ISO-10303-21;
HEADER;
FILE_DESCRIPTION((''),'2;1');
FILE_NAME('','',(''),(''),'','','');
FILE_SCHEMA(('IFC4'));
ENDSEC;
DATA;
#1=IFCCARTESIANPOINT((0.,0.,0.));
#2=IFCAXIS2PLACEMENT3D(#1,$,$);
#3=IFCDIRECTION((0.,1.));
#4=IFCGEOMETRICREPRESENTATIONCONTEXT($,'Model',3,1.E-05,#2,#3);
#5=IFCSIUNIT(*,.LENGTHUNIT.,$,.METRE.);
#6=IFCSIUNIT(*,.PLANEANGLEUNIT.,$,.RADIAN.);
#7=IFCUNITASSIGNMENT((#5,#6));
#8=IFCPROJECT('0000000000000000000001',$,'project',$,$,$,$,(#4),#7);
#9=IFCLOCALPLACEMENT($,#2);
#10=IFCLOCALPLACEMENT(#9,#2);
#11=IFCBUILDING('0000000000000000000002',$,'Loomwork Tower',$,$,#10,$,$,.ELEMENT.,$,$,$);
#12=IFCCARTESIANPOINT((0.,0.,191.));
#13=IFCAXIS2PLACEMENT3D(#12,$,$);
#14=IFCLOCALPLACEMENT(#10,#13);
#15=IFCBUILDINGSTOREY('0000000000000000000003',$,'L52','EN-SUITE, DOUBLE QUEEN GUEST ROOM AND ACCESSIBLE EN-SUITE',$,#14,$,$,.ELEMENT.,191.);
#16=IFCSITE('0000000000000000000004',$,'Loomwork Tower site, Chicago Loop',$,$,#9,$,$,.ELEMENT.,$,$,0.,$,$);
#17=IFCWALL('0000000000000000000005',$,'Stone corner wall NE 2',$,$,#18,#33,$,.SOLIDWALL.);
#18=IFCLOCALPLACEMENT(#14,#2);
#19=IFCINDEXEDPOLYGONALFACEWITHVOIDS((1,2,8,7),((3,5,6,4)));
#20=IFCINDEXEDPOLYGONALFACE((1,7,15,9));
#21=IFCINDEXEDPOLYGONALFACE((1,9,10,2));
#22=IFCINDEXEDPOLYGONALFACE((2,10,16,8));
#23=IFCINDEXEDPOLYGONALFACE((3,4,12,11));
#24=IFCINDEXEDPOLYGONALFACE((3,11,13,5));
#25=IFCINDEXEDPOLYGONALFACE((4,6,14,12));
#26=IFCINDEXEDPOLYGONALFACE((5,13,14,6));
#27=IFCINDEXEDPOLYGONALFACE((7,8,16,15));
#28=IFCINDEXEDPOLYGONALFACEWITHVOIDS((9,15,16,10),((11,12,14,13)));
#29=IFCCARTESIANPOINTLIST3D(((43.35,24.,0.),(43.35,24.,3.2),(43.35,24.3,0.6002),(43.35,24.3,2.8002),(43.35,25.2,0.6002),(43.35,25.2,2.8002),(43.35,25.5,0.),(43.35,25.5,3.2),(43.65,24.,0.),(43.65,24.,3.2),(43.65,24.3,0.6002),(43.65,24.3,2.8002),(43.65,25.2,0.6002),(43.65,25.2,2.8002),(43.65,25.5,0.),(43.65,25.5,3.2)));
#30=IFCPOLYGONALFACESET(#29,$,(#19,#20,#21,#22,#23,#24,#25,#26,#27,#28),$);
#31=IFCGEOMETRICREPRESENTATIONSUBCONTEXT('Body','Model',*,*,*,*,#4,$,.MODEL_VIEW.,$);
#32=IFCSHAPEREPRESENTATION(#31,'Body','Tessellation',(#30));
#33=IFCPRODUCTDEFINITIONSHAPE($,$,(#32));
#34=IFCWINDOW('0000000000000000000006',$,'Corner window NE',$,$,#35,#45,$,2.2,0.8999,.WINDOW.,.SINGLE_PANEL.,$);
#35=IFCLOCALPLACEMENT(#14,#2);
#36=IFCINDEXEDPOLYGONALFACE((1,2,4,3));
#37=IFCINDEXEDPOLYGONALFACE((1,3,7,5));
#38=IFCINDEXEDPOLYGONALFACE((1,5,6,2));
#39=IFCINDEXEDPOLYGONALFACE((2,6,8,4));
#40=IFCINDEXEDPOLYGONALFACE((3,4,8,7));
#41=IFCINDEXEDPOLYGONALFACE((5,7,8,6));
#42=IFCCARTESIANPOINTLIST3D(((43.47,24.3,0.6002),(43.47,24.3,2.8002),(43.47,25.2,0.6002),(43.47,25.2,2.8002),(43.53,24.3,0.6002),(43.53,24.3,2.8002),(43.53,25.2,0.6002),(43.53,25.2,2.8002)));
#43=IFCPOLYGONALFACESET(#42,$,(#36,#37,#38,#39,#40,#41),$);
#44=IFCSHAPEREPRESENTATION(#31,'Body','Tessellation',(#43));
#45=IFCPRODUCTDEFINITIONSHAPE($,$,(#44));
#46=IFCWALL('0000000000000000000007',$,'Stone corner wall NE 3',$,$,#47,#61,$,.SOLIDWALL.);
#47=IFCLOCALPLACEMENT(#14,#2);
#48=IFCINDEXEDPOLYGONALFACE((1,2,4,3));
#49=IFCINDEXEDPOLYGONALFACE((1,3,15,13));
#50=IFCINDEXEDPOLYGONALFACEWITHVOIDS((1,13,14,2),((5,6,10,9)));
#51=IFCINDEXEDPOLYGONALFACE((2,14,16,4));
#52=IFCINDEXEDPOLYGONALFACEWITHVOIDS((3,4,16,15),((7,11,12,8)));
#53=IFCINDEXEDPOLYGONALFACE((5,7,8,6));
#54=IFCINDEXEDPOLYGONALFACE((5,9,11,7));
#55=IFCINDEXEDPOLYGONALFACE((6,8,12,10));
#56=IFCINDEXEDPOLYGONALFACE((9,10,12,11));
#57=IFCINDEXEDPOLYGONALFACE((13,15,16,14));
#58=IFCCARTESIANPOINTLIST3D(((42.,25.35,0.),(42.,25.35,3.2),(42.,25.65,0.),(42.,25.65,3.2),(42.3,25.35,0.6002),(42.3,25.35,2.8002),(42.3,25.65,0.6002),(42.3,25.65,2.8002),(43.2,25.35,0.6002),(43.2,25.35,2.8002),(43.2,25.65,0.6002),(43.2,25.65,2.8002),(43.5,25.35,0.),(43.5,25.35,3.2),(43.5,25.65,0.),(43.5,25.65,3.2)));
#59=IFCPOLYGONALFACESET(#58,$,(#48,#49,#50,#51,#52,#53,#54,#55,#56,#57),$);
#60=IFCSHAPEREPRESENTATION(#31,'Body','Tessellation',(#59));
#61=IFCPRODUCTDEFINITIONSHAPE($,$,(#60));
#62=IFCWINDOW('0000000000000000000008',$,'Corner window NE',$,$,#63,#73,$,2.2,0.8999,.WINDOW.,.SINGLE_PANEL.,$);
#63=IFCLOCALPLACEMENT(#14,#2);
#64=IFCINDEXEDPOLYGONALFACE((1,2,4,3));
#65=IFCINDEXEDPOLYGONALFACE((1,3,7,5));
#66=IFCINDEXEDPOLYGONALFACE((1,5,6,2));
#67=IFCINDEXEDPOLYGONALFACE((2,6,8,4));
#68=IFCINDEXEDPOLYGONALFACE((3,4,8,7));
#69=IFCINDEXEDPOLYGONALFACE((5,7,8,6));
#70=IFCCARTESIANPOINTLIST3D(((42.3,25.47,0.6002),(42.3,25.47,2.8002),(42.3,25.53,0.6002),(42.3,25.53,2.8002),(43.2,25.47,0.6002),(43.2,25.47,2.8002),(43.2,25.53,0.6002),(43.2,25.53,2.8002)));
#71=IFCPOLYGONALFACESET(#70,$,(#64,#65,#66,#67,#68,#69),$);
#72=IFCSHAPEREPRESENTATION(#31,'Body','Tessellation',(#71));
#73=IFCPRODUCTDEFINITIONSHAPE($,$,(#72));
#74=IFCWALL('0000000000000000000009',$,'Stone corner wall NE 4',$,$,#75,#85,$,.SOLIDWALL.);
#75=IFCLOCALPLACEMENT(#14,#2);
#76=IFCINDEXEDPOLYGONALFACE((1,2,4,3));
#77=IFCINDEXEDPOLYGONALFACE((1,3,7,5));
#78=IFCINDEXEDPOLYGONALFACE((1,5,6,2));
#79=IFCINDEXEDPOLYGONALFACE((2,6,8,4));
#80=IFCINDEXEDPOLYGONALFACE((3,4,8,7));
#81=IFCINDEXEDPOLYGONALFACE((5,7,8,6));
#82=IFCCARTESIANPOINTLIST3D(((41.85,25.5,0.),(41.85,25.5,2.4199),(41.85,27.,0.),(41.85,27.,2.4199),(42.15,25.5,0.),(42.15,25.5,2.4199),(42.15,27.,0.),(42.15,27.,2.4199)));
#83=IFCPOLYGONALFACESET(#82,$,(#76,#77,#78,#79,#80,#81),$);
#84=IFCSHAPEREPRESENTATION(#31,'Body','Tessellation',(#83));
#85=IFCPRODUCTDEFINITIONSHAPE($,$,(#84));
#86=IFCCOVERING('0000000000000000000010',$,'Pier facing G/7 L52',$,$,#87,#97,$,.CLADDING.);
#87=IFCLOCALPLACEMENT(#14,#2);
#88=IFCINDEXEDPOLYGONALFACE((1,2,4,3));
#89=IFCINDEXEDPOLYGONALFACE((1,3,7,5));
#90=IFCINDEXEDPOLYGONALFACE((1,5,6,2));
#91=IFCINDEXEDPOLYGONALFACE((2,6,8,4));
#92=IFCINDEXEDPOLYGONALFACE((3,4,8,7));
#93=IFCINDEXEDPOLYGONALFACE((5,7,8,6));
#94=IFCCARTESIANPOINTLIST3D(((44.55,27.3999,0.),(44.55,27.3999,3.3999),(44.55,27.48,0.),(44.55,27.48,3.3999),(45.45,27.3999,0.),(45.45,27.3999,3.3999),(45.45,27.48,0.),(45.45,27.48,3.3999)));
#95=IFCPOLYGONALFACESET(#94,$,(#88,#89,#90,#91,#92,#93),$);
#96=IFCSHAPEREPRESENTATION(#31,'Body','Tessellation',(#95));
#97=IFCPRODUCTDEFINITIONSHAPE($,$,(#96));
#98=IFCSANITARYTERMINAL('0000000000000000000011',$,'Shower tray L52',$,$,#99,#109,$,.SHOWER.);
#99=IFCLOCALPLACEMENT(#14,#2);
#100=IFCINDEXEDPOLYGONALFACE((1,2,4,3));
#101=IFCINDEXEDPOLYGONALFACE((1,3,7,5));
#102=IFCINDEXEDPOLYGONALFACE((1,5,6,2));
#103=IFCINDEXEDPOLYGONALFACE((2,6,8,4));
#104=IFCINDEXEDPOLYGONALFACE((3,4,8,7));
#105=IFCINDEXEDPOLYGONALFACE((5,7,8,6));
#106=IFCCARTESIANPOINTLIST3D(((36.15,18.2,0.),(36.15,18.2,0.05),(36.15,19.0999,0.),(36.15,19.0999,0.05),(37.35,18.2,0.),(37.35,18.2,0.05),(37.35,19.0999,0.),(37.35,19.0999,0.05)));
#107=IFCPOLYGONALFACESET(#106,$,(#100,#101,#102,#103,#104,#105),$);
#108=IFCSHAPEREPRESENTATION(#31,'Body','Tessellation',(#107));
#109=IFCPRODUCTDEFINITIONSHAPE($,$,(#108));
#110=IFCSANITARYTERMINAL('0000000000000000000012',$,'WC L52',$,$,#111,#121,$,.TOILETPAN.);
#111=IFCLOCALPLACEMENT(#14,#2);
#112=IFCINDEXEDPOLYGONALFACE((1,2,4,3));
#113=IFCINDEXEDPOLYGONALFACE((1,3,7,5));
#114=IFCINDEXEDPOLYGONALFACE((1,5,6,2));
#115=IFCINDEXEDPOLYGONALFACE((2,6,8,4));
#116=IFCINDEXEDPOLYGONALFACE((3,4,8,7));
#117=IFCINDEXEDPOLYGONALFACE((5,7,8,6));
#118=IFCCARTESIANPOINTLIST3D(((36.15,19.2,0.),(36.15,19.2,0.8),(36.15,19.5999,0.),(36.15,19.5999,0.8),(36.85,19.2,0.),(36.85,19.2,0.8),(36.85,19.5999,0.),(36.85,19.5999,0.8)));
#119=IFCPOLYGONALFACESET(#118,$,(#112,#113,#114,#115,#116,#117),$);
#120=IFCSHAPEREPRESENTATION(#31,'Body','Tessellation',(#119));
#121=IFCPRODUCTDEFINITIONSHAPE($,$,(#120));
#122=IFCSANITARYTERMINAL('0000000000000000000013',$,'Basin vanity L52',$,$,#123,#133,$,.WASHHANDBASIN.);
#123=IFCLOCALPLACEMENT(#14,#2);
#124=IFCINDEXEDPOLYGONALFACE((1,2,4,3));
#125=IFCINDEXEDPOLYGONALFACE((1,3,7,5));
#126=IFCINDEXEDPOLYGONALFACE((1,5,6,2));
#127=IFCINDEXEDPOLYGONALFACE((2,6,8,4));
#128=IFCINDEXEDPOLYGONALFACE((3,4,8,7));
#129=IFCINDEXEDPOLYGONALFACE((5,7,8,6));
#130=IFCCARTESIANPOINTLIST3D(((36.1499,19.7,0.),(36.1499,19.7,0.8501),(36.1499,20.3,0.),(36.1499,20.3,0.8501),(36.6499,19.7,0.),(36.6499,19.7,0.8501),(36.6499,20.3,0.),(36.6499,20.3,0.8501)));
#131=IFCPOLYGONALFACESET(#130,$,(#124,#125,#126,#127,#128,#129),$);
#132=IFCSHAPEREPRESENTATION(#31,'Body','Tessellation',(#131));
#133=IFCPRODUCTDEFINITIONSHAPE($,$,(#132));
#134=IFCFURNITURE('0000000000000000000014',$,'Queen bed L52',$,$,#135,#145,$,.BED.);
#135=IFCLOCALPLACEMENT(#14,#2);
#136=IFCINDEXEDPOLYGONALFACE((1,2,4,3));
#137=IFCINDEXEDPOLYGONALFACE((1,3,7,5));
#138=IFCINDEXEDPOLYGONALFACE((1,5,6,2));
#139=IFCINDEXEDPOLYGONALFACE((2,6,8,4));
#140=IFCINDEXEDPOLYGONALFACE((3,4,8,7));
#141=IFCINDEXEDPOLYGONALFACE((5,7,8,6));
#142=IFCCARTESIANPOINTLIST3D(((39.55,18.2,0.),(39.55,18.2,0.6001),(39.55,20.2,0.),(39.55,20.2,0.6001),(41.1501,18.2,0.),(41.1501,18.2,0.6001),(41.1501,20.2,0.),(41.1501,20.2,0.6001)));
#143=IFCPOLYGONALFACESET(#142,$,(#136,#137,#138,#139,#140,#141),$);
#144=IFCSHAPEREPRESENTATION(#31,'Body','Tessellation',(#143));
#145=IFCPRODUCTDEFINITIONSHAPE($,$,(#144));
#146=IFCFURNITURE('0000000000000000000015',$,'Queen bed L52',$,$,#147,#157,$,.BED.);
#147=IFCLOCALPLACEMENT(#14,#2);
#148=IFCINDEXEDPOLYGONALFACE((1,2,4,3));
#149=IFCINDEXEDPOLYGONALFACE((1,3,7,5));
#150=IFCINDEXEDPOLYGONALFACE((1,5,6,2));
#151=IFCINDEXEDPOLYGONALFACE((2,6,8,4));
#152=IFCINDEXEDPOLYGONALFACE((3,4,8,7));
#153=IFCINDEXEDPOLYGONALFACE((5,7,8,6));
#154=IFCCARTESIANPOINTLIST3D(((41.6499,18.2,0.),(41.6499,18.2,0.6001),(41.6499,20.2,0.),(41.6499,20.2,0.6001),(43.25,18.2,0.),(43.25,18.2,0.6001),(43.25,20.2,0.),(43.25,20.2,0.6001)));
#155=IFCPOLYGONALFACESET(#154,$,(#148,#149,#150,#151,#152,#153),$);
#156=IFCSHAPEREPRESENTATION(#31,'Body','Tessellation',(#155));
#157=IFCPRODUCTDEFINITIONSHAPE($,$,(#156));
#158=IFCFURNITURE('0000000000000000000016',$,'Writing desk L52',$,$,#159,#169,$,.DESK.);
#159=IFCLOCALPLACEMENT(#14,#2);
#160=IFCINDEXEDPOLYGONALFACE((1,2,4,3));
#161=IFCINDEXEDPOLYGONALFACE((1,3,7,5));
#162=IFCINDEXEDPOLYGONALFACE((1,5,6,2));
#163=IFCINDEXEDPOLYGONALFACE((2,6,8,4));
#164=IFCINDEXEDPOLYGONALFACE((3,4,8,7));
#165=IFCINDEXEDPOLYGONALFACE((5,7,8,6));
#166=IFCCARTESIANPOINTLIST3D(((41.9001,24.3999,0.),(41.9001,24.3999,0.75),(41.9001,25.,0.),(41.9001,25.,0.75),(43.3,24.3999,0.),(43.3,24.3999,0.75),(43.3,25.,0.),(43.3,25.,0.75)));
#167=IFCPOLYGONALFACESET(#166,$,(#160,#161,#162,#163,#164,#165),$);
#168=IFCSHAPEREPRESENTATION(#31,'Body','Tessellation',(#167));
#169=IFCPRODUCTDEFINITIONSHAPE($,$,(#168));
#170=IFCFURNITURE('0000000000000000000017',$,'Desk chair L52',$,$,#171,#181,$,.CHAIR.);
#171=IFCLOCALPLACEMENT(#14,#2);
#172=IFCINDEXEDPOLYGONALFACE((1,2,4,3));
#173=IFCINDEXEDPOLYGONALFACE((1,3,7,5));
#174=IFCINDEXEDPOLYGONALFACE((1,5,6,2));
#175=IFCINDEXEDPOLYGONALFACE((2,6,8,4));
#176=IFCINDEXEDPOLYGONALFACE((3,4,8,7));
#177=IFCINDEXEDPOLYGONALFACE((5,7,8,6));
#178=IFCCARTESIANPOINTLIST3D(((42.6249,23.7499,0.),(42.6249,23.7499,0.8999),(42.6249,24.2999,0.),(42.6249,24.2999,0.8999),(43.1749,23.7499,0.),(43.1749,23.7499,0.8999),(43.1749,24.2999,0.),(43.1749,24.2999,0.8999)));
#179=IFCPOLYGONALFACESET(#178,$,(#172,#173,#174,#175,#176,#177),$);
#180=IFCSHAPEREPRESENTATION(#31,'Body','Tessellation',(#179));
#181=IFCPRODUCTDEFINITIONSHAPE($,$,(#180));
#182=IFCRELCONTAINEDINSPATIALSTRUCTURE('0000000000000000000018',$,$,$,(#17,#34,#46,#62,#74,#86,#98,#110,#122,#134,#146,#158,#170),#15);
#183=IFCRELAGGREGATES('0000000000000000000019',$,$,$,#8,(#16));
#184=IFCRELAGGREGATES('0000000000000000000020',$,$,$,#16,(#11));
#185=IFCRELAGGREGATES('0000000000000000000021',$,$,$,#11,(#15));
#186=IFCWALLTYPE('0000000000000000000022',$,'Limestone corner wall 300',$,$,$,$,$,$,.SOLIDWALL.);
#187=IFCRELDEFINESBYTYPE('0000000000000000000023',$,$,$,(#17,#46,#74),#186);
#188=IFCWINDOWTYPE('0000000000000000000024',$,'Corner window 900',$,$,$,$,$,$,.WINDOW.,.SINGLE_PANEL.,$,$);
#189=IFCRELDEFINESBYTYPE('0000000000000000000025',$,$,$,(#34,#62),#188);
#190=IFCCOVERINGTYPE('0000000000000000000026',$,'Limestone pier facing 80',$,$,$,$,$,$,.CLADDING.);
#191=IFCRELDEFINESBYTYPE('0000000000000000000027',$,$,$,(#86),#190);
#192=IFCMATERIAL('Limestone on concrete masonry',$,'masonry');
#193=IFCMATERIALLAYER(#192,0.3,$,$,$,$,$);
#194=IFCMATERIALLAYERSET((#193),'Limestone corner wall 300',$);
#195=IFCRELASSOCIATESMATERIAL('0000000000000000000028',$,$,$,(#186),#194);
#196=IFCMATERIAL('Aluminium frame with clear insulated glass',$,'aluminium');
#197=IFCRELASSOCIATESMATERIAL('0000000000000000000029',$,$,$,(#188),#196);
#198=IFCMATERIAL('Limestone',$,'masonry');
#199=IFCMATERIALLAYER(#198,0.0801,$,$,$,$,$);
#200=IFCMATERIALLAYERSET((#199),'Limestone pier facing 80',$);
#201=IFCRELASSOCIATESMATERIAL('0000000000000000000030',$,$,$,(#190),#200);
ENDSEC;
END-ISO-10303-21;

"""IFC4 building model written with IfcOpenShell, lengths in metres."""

from ifc_helpers import new_model, si_unit, direction, frame, frame_2d, origin, origin_2d, place, context, subcontext, project, spatial, rectangle, extrude, material, layer, layer_set, type_object, element, fill, save


model = new_model("IFC4")

# Units and contexts
model_context = context("Model", 3, precision=1e-05, world=origin(), true_north=direction((0.0, 1.0)))
body_context = subcontext(model_context, "Body", "Model", "MODEL_VIEW")
ifc_project = project(units=[si_unit("LENGTHUNIT", "METRE"), si_unit("PLANEANGLEUNIT", "RADIAN")], contexts=[model_context])

# Site, building, storey
site_placement = place(None, origin())
site = spatial("IfcSite", under=ifc_project, at=site_placement, Name="Loomwork Tower site, Chicago Loop", CompositionType="ELEMENT", RefElevation=0.0)
building_placement = place(site_placement, origin())
building = spatial("IfcBuilding", under=site, at=building_placement, Name="Loomwork Tower", CompositionType="ELEMENT")
storey_placement = place(building_placement, frame((0.0, 0.0, 191.0)))
storey = spatial("IfcBuildingStorey", under=building, at=storey_placement, Name="L52", Description="EN-SUITE, DOUBLE QUEEN GUEST ROOM AND ACCESSIBLE EN-SUITE", CompositionType="ELEMENT", Elevation=191.0)

# Shared definitions
ifc_material_1 = material(Name="Limestone on concrete masonry", Category="masonry")
ifc_layer_1 = layer(ifc_material_1, 0.3)
ifc_layer_set_1 = layer_set([ifc_layer_1], Name="Limestone corner wall 300")
wall_type = type_object("IfcWallType", Name="Limestone corner wall 300", PredefinedType="SOLIDWALL", material=ifc_layer_set_1)

# Walls, openings, windows
wall_1_placement = place(storey_placement, frame((43.5, 24.0, 0.0), z_axis=(0.0, 0.0, 1.0), x_axis=(0.0, 1.0, 0.0)))
wall_1 = element("IfcWall", 1, at=wall_1_placement, inside=storey, type_object=wall_type, Name="Stone corner wall NE 2", PredefinedType="SOLIDWALL", context=body_context, shape_type="SweptSolid", body=[
    extrude(rectangle(XDim=1.5, YDim=0.3, at=frame_2d((0.75, 0.0))), origin(), (0.0, 0.0, 1.0), 3.2),
])
opening_1_placement = place(wall_1_placement, frame((0.3, 0.0, 0.6001)))
opening_1 = element("IfcOpeningElement", 2, at=opening_1_placement, cuts=wall_1, PredefinedType="OPENING", context=body_context, shape_type="SweptSolid", body=[
    extrude(rectangle(XDim=0.8999, YDim=2.2, at=frame_2d((0.45, 1.1001))), frame((0.0, 0.1599, 0.0), z_axis=(0.0, -1.0, 0.0), x_axis=(1.0, 0.0, 0.0)), (0.0, 0.0, 1.0), 0.3201),
])
ifc_material_2 = material(Name="Aluminium frame with clear insulated glass", Category="aluminium")
window_type = type_object("IfcWindowType", Name="Corner window 900", PartitioningType="SINGLE_PANEL", PredefinedType="WINDOW", material=ifc_material_2)
window_1_placement = place(opening_1_placement, origin())
window_1 = element("IfcWindow", 3, at=window_1_placement, inside=storey, type_object=window_type, Name="Corner window NE", OverallHeight=2.2, OverallWidth=0.8999, PartitioningType="SINGLE_PANEL", PredefinedType="WINDOW", context=body_context, shape_type="SweptSolid", body=[
    extrude(rectangle(XDim=0.8999, YDim=2.2, at=frame_2d((0.45, 1.1001))), frame((0.0, 0.03, 0.0), z_axis=(0.0, -1.0, 0.0), x_axis=(1.0, 0.0, 0.0)), (0.0, 0.0, 1.0), 0.0601),
])
fill(opening_1, window_1)
wall_2_placement = place(storey_placement, frame((43.5, 25.5, 0.0), z_axis=(0.0, 0.0, 1.0), x_axis=(-1.0, 0.0, 0.0)))
wall_2 = element("IfcWall", 4, at=wall_2_placement, inside=storey, type_object=wall_type, Name="Stone corner wall NE 3", PredefinedType="SOLIDWALL", context=body_context, shape_type="SweptSolid", body=[
    extrude(rectangle(XDim=1.5, YDim=0.3, at=frame_2d((0.75, 0.0))), origin(), (0.0, 0.0, 1.0), 3.2),
])
opening_2_placement = place(wall_2_placement, frame((0.3, 0.0, 0.6001)))
opening_2 = element("IfcOpeningElement", 5, at=opening_2_placement, cuts=wall_2, PredefinedType="OPENING", context=body_context, shape_type="SweptSolid", body=[
    extrude(rectangle(XDim=0.8999, YDim=2.2, at=frame_2d((0.45, 1.1001))), frame((0.0, 0.1599, 0.0), z_axis=(0.0, -1.0, 0.0), x_axis=(1.0, 0.0, 0.0)), (0.0, 0.0, 1.0), 0.3201),
])
window_2_placement = place(opening_2_placement, origin())
window_2 = element("IfcWindow", 6, at=window_2_placement, inside=storey, type_object=window_type, Name="Corner window NE", OverallHeight=2.2, OverallWidth=0.8999, PartitioningType="SINGLE_PANEL", PredefinedType="WINDOW", context=body_context, shape_type="SweptSolid", body=[
    extrude(rectangle(XDim=0.8999, YDim=2.2, at=frame_2d((0.45, 1.1001))), frame((0.0, 0.03, 0.0), z_axis=(0.0, -1.0, 0.0), x_axis=(1.0, 0.0, 0.0)), (0.0, 0.0, 1.0), 0.0601),
])
fill(opening_2, window_2)

# Wall
wall_3_placement = place(storey_placement, frame((42.0, 25.5, 0.0), z_axis=(0.0, 0.0, 1.0), x_axis=(0.0, 1.0, 0.0)))
element("IfcWall", 7, at=wall_3_placement, inside=storey, type_object=wall_type, Name="Stone corner wall NE 4", PredefinedType="SOLIDWALL", context=body_context, shape_type="SweptSolid", body=[
    extrude(rectangle(XDim=1.5, YDim=0.3, at=frame_2d((0.75, 0.0))), origin(), (0.0, 0.0, 1.0), 2.4199),
])

# Covering
ifc_material_3 = material(Name="Limestone", Category="masonry")
ifc_layer_2 = layer(ifc_material_3, 0.0801)
ifc_layer_set_2 = layer_set([ifc_layer_2], Name="Limestone pier facing 80")
covering_type = type_object("IfcCoveringType", Name="Limestone pier facing 80", PredefinedType="CLADDING", material=ifc_layer_set_2)
covering_placement = place(storey_placement, frame((45.0, 27.4399, 0.0), z_axis=(0.0, 0.0, 1.0), x_axis=(1.0, 0.0, 0.0)))
element("IfcCovering", 8, at=covering_placement, inside=storey, type_object=covering_type, Name="Pier facing G/7 L52", PredefinedType="CLADDING", context=body_context, shape_type="SweptSolid", body=[
    extrude(rectangle(XDim=0.8999, YDim=0.0801, at=origin_2d()), origin(), (0.0, 0.0, 1.0), 3.3999),
])

# Sanitary terminals
sanitary_terminal_1_placement = place(storey_placement, frame((36.75, 18.6499, 0.0), z_axis=(0.0, 0.0, 1.0), x_axis=(1.0, 0.0, 0.0)))
element("IfcSanitaryTerminal", 9, at=sanitary_terminal_1_placement, inside=storey, Name="Shower tray L52", PredefinedType="SHOWER", context=body_context, shape_type="SweptSolid", body=[
    extrude(rectangle(XDim=1.2, YDim=0.8999, at=origin_2d()), origin(), (0.0, 0.0, 1.0), 0.05),
])
sanitary_terminal_2_placement = place(storey_placement, frame((36.5, 19.3999, 0.0), z_axis=(0.0, 0.0, 1.0), x_axis=(1.0, 0.0, 0.0)))
element("IfcSanitaryTerminal", 10, at=sanitary_terminal_2_placement, inside=storey, Name="WC L52", PredefinedType="TOILETPAN", context=body_context, shape_type="SweptSolid", body=[
    extrude(rectangle(XDim=0.7, YDim=0.3999, at=origin_2d()), origin(), (0.0, 0.0, 1.0), 0.8),
])
sanitary_terminal_3_placement = place(storey_placement, frame((36.3999, 20.0, 0.0), z_axis=(0.0, 0.0, 1.0), x_axis=(1.0, 0.0, 0.0)))
element("IfcSanitaryTerminal", 11, at=sanitary_terminal_3_placement, inside=storey, Name="Basin vanity L52", PredefinedType="WASHHANDBASIN", context=body_context, shape_type="SweptSolid", body=[
    extrude(rectangle(XDim=0.5, YDim=0.6001, at=origin_2d()), origin(), (0.0, 0.0, 1.0), 0.8501),
])

# Furniture
for number, where, z_axis, x_axis, name in (
    (12, (40.3501, 19.2, 0.0), (0.0, 0.0, 1.0), (1.0, 0.0, 0.0), "Queen bed L52"),
    (13, (42.45, 19.2, 0.0), (0.0, 0.0, 1.0), (1.0, 0.0, 0.0), "Queen bed L52"),
):
    element("IfcFurniture", number, at=place(storey_placement, frame(where, z_axis=z_axis, x_axis=x_axis)), inside=storey, Name=name, PredefinedType="BED", context=body_context, shape_type="SweptSolid", body=[
        extrude(rectangle(XDim=1.6001, YDim=2.0, at=origin_2d()), origin(), (0.0, 0.0, 1.0), 0.6001),
    ])
furniture_1_placement = place(storey_placement, frame((42.6001, 24.7, 0.0), z_axis=(0.0, 0.0, 1.0), x_axis=(1.0, 0.0, 0.0)))
element("IfcFurniture", 14, at=furniture_1_placement, inside=storey, Name="Writing desk L52", PredefinedType="DESK", context=body_context, shape_type="SweptSolid", body=[
    extrude(rectangle(XDim=1.3999, YDim=0.6001, at=origin_2d()), origin(), (0.0, 0.0, 1.0), 0.75),
])
furniture_2_placement = place(storey_placement, frame((42.8999, 24.0249, 0.0), z_axis=(0.0, 0.0, 1.0), x_axis=(1.0, 0.0, 0.0)))
element("IfcFurniture", 15, at=furniture_2_placement, inside=storey, Name="Desk chair L52", PredefinedType="CHAIR", context=body_context, shape_type="SweptSolid", body=[
    extrude(rectangle(XDim=0.55, YDim=0.55, at=origin_2d()), origin(), (0.0, 0.0, 1.0), 0.8999),
])

save(model, "model.ifc")
